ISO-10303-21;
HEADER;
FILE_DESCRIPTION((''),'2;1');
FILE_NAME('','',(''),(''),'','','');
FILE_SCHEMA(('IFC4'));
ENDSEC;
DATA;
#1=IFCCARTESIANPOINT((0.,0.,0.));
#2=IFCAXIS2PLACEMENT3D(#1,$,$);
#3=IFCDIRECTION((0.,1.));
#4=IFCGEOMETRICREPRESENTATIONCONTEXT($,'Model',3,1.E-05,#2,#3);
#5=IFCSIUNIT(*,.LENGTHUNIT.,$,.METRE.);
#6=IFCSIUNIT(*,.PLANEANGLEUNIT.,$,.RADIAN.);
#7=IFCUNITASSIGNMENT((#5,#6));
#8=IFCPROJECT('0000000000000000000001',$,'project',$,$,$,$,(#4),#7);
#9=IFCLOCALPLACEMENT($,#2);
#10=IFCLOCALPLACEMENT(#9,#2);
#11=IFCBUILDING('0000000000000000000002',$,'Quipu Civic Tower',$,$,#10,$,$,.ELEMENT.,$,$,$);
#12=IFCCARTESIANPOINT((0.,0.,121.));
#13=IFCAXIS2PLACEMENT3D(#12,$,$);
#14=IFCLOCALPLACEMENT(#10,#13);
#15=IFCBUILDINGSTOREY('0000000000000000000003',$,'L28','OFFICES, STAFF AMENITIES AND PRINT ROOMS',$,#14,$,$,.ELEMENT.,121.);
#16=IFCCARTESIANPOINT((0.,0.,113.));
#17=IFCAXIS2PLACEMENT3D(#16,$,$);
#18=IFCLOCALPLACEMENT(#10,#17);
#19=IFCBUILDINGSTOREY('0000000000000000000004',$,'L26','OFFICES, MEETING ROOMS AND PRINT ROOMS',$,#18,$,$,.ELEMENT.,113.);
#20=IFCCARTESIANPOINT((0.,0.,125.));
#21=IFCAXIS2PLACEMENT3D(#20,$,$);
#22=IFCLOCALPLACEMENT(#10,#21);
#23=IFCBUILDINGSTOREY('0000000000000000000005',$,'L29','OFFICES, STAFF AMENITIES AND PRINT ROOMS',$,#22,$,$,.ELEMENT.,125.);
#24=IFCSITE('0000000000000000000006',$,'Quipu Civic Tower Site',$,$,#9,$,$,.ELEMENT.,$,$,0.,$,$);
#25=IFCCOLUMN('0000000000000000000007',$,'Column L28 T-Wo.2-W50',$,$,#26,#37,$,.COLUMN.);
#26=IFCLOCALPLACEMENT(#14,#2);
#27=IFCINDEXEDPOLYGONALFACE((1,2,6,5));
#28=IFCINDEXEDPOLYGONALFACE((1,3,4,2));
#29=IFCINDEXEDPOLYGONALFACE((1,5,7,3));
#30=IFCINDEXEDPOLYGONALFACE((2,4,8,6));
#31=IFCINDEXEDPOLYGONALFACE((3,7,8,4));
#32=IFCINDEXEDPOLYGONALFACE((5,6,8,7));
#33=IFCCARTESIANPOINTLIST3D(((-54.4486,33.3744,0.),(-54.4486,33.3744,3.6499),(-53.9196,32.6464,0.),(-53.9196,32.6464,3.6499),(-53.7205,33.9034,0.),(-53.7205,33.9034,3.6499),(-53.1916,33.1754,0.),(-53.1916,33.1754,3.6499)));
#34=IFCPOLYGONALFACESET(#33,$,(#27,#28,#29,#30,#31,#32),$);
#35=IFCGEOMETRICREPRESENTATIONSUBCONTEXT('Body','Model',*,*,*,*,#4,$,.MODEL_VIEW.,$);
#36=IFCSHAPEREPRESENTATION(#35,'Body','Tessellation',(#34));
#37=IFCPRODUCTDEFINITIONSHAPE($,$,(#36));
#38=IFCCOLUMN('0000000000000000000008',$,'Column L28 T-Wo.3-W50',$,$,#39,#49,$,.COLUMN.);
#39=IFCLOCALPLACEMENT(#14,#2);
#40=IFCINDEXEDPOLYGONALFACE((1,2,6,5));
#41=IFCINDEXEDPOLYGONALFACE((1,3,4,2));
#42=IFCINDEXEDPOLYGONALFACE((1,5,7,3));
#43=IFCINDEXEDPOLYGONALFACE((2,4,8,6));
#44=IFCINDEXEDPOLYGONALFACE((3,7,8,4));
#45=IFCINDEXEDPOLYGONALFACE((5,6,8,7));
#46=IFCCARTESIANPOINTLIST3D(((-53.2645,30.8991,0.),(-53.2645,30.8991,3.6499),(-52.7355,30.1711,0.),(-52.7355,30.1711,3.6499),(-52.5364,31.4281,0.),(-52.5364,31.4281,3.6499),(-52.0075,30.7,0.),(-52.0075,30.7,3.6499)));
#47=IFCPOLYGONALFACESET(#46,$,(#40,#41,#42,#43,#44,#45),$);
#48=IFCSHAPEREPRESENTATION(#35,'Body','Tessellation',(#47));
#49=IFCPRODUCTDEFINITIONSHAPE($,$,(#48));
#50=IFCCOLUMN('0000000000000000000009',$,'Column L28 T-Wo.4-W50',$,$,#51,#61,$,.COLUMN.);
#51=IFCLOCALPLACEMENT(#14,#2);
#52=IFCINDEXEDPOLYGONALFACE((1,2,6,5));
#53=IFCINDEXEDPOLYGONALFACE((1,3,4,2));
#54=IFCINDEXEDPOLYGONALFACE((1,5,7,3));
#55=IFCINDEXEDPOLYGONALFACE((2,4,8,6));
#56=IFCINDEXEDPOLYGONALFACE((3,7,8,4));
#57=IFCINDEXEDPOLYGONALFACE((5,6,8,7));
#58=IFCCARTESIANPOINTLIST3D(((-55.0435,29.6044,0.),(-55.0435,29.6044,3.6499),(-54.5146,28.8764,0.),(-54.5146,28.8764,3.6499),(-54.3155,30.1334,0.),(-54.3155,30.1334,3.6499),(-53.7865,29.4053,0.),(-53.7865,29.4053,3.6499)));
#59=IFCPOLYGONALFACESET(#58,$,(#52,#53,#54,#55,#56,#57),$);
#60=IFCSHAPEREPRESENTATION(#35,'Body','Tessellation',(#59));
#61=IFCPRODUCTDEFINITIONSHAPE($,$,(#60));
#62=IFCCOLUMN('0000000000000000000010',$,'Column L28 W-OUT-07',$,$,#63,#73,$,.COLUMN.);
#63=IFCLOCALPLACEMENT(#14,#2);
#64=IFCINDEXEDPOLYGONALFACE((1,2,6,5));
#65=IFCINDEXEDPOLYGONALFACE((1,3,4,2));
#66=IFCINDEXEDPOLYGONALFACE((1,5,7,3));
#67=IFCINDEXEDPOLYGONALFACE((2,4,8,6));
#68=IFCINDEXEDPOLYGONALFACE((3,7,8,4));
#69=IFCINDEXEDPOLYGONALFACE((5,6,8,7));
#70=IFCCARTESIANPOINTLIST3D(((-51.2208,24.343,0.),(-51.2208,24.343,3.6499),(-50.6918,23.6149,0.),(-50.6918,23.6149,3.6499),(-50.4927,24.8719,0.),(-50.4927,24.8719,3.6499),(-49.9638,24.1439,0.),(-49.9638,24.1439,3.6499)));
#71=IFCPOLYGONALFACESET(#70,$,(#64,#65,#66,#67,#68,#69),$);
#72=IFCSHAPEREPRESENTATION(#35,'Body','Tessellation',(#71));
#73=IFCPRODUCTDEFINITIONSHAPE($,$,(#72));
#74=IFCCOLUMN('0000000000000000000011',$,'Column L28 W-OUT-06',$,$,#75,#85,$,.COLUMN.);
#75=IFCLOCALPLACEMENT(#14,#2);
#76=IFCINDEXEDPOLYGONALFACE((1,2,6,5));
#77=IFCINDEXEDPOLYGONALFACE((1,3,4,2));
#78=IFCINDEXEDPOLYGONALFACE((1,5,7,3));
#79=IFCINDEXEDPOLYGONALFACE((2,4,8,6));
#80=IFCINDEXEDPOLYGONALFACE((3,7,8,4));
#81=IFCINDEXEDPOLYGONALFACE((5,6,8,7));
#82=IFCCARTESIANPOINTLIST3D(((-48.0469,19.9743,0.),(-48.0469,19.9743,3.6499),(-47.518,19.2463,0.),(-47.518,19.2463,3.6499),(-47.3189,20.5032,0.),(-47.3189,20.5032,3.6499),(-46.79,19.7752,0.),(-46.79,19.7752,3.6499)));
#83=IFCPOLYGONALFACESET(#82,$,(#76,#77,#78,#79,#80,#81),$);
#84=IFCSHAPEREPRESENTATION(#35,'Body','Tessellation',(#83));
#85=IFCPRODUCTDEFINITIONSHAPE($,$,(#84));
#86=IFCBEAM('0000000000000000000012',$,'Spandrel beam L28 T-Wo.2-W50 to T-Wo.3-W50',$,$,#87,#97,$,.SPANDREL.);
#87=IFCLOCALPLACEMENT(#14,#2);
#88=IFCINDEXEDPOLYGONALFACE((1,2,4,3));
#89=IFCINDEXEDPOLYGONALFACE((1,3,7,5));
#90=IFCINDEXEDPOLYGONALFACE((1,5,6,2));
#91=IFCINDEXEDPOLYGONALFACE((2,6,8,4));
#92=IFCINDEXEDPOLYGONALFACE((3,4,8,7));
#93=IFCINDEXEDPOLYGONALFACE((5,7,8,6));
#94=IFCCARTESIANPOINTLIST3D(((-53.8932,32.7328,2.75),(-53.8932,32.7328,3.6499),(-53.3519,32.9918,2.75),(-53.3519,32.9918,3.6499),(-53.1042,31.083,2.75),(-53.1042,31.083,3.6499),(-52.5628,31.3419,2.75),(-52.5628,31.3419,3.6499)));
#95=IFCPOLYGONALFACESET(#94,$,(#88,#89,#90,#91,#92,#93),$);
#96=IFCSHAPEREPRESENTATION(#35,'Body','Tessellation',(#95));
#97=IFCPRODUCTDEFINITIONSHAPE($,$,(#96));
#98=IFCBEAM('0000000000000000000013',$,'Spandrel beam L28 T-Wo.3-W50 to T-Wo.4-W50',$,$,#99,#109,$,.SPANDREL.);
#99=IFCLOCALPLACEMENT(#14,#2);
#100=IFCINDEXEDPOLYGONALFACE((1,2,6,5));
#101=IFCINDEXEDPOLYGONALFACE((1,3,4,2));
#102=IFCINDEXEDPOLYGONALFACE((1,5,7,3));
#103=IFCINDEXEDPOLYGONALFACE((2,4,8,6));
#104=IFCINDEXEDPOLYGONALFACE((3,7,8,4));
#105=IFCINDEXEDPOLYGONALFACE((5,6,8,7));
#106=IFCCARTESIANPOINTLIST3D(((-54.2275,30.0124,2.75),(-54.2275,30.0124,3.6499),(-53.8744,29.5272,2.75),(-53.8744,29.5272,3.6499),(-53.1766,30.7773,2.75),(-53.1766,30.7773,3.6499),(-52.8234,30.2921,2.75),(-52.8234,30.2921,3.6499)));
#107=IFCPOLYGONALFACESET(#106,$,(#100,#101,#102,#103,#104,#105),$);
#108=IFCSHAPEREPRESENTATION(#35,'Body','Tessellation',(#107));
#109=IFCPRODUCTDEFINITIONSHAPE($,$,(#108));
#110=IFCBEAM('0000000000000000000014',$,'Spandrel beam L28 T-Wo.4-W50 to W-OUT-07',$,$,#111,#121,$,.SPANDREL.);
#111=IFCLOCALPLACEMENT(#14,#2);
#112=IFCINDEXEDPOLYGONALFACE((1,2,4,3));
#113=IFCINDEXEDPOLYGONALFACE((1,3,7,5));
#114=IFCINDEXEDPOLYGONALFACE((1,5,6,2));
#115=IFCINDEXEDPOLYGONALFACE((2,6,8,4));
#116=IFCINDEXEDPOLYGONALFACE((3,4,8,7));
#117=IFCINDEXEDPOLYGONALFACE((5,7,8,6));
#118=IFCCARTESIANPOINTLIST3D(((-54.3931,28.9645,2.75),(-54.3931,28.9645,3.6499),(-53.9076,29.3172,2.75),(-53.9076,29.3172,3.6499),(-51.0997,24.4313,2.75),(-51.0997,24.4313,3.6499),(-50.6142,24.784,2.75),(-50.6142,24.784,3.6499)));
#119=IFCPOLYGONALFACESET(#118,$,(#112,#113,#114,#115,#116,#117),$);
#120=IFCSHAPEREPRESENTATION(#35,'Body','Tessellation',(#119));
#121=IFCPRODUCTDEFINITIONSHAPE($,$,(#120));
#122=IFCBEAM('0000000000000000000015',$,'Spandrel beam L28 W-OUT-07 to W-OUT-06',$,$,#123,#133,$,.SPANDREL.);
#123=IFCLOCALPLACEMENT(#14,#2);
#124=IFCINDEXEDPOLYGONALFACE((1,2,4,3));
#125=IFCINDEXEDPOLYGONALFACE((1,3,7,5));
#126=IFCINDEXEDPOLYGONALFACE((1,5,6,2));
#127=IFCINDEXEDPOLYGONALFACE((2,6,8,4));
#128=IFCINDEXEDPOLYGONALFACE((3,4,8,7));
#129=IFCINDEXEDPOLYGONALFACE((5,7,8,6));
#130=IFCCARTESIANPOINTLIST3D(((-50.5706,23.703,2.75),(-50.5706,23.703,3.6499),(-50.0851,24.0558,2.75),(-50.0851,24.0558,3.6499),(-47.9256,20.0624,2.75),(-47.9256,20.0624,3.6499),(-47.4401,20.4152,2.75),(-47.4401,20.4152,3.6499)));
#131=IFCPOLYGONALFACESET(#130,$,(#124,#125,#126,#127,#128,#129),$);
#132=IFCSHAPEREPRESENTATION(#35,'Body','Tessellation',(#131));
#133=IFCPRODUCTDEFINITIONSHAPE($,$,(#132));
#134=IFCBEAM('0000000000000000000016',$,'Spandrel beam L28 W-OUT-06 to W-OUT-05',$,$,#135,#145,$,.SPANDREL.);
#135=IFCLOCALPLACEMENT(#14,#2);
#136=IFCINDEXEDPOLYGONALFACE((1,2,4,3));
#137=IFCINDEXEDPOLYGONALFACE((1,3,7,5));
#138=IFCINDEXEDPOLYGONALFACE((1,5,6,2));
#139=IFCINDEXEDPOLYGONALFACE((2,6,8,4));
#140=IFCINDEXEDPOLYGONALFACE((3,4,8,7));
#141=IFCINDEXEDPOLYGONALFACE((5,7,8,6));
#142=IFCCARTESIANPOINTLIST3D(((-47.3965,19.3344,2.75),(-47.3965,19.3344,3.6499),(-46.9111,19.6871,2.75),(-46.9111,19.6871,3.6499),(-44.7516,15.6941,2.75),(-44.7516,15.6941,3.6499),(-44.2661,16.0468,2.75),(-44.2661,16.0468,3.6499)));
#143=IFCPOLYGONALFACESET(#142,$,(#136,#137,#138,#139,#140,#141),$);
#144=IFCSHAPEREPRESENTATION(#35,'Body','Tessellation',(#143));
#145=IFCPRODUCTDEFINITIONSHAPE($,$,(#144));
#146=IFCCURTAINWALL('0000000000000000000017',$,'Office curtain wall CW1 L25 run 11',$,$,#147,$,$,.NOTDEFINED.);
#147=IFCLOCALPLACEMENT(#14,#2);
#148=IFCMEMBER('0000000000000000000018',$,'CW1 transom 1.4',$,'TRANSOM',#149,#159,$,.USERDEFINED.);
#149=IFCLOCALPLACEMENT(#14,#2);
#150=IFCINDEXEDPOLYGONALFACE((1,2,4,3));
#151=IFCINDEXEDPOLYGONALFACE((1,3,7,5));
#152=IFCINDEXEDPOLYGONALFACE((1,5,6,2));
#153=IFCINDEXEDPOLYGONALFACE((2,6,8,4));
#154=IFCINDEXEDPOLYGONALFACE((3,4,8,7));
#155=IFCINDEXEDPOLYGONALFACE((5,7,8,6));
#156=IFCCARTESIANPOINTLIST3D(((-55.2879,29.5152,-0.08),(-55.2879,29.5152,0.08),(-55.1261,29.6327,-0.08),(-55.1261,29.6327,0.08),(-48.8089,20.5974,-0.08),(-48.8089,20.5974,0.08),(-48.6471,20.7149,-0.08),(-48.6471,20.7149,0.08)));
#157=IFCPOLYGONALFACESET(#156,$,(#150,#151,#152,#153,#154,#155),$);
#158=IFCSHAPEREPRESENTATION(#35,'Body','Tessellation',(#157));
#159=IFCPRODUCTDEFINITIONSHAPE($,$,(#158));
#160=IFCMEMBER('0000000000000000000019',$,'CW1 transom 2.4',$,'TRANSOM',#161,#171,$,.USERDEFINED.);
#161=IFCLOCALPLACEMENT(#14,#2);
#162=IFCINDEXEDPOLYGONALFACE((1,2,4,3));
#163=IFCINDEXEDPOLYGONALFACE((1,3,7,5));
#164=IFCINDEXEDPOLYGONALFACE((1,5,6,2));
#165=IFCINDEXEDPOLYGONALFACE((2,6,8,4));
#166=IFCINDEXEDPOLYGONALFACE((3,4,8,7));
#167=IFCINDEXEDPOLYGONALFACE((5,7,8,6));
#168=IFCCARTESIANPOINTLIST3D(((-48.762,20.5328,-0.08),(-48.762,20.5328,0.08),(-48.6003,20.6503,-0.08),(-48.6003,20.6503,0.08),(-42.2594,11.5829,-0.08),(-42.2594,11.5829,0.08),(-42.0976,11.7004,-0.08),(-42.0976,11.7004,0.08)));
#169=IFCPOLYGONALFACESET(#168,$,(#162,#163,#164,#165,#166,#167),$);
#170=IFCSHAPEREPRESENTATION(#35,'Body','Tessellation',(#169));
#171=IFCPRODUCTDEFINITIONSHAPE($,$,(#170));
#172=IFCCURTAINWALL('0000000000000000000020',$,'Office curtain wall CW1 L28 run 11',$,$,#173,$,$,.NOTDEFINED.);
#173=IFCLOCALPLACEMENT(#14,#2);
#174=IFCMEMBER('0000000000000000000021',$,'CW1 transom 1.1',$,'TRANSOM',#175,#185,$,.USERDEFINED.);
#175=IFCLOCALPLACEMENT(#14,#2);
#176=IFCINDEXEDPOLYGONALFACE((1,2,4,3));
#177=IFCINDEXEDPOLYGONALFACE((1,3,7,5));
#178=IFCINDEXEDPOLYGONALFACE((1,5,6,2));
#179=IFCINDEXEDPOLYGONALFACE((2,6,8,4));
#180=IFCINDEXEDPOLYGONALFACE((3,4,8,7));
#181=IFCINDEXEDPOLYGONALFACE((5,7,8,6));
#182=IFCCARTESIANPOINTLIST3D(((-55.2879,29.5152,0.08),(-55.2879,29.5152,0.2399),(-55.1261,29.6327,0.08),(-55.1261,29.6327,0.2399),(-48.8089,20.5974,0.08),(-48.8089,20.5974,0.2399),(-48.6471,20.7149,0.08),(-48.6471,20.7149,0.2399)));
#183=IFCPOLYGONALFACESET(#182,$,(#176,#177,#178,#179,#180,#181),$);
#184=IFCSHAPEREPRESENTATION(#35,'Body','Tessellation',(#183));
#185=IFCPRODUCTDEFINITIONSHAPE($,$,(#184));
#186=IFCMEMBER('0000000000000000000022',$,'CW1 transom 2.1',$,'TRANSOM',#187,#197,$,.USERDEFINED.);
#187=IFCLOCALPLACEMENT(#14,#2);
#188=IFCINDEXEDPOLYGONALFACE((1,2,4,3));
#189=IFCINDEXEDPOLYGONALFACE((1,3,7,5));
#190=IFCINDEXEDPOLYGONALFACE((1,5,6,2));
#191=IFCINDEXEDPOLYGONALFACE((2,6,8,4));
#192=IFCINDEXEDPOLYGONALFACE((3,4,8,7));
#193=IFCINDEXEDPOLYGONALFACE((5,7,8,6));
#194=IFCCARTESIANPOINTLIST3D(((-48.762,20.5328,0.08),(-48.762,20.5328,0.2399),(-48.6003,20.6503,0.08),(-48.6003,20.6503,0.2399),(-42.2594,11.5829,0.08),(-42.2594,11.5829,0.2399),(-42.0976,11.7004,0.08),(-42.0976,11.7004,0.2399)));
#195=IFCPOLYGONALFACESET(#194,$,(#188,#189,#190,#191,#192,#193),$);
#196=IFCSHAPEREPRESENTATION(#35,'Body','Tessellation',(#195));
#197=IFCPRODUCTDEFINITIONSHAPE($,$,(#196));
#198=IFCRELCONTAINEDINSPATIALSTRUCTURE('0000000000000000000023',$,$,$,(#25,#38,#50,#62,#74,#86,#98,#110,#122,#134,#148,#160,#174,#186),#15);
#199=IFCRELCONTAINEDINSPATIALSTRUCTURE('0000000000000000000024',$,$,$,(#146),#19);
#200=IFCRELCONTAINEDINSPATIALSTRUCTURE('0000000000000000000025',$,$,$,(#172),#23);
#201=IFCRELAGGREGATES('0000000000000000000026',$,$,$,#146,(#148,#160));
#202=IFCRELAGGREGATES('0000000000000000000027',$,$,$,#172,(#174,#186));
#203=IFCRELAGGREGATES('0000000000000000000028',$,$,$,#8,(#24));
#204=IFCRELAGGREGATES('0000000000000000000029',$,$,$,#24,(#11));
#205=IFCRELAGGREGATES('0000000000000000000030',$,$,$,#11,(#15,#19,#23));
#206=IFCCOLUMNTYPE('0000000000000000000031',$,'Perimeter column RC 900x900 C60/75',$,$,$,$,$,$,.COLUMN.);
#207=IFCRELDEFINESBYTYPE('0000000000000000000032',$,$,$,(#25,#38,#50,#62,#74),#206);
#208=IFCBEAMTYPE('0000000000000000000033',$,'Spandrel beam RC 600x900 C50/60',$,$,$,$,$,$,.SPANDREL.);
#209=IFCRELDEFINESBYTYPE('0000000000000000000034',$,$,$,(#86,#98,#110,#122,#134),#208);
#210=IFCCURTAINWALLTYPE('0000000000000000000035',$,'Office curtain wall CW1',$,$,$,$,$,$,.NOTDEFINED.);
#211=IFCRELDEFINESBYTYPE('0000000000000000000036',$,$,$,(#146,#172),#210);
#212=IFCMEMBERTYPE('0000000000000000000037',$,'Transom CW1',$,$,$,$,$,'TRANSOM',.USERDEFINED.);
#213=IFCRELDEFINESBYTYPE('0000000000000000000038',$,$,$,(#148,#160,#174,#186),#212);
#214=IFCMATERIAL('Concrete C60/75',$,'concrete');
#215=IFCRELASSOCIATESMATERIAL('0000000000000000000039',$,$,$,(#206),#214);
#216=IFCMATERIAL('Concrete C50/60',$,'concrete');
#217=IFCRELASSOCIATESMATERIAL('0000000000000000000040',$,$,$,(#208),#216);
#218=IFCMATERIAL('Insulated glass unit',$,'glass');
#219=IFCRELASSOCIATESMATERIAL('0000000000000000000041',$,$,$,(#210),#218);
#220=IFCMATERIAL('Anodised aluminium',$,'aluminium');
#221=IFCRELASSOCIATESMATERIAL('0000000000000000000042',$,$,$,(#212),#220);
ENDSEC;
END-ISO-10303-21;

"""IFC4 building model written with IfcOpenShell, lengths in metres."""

from ifc_helpers import new_model, si_unit, direction, frame, origin, origin_2d, place, context, subcontext, project, spatial, rectangle, extrude, material, material_profile, profile_set, type_object, element, aggregate, save


model = new_model("IFC4")

# Units and contexts
model_context = context("Model", 3, precision=1e-05, world=origin(), true_north=direction((0.0, 1.0)))
body_context = subcontext(model_context, "Body", "Model", "MODEL_VIEW")
ifc_project = project(units=[si_unit("LENGTHUNIT", "METRE"), si_unit("PLANEANGLEUNIT", "RADIAN")], contexts=[model_context])

# Site, building, storey
site_placement = place(None, origin())
site = spatial("IfcSite", under=ifc_project, at=site_placement, Name="Quipu Civic Tower Site", CompositionType="ELEMENT", RefElevation=0.0)
building_placement = place(site_placement, origin())
building = spatial("IfcBuilding", under=site, at=building_placement, Name="Quipu Civic Tower", CompositionType="ELEMENT")
storey_1_placement = place(building_placement, frame((0.0, 0.0, 121.0)))
storey_1 = spatial("IfcBuildingStorey", under=building, at=storey_1_placement, Name="L28", Description="OFFICES, STAFF AMENITIES AND PRINT ROOMS", CompositionType="ELEMENT", Elevation=121.0)

# Columns
ifc_material_1 = material(Name="Concrete C60/75", Category="concrete")
ifc_material_profile_1 = material_profile(ifc_material_1, rectangle(XDim=0.8999, YDim=0.8999, at=origin_2d()), Name="RC900x900")
ifc_profile_set_1 = profile_set([ifc_material_profile_1], Name="Concrete C60/75")
column_type = type_object("IfcColumnType", Name="Perimeter column RC 900x900 C60/75", PredefinedType="COLUMN", material=ifc_profile_set_1)
for number, where, z_axis, x_axis, name in (
    (1, (-53.8201, 33.2749, 0.0), (0.0, 0.0, 1.0), (0.587785, -0.809017, 0.0), "Column L28 T-Wo.2-W50"),
    (2, (-52.636, 30.7996, 0.0), (0.0, 0.0, 1.0), (-0.809017, -0.587785, 0.0), "Column L28 T-Wo.3-W50"),
    (3, (-54.415, 29.5049, 0.0), (0.0, 0.0, 1.0), (0.587785, -0.809017, 0.0), "Column L28 T-Wo.4-W50"),
    (4, (-50.5923, 24.2434, 0.0), (0.0, 0.0, 1.0), (0.587785, -0.809017, 0.0), "Column L28 W-OUT-07"),
    (5, (-47.4185, 19.8748, 0.0), (0.0, 0.0, 1.0), (0.587785, -0.809017, 0.0), "Column L28 W-OUT-06"),
):
    element("IfcColumn", number, at=place(storey_1_placement, frame(where, z_axis=z_axis, x_axis=x_axis)), inside=storey_1, type_object=column_type, Name=name, PredefinedType="COLUMN", context=body_context, shape_type="SweptSolid", body=[
        extrude(rectangle(XDim=0.8999, YDim=0.8999, at=origin_2d()), origin(), (0.0, 0.0, 1.0), 3.6499),
    ])

# Beams
ifc_material_2 = material(Name="Concrete C50/60", Category="concrete")
ifc_material_profile_2 = material_profile(ifc_material_2, rectangle(XDim=0.6001, YDim=0.8999, at=origin_2d()), Name="RC600x900")
ifc_profile_set_2 = profile_set([ifc_material_profile_2], Name="Concrete C50/60")
beam_type = type_object("IfcBeamType", Name="Spandrel beam RC 600x900 C50/60", PredefinedType="SPANDREL", material=ifc_profile_set_2)
beam_1_placement = place(storey_1_placement, frame((-53.6226, 32.8623, 3.2), z_axis=(0.431446, -0.902139, 0.0), x_axis=(0.902139, 0.431446, 0.0)))
element("IfcBeam", 6, at=beam_1_placement, inside=storey_1, type_object=beam_type, Name="Spandrel beam L28 T-Wo.2-W50 to T-Wo.3-W50", PredefinedType="SPANDREL", context=body_context, shape_type="SweptSolid", body=[
    extrude(rectangle(XDim=0.6001, YDim=0.8999, at=origin_2d()), origin(), (0.0, 0.0, 1.0), 1.8289),
])
beam_2_placement = place(storey_1_placement, frame((-53.0, 30.5347, 3.2), z_axis=(-0.808549, -0.588429, 0.0), x_axis=(0.588429, -0.808549, 0.0)))
element("IfcBeam", 7, at=beam_2_placement, inside=storey_1, type_object=beam_type, Name="Spandrel beam L28 T-Wo.3-W50 to T-Wo.4-W50", PredefinedType="SPANDREL", context=body_context, shape_type="SweptSolid", body=[
    extrude(rectangle(XDim=0.6001, YDim=0.8999, at=origin_2d()), origin(), (0.0, 0.0, 1.0), 1.2998),
])
beam_3_placement = place(storey_1_placement, frame((-54.1504, 29.1409, 3.2), z_axis=(0.587773, -0.809026, 0.0), x_axis=(0.809026, 0.587773, 0.0)))
element("IfcBeam", 8, at=beam_3_placement, inside=storey_1, type_object=beam_type, Name="Spandrel beam L28 T-Wo.4-W50 to W-OUT-07", PredefinedType="SPANDREL", context=body_context, shape_type="SweptSolid", body=[
    extrude(rectangle(XDim=0.6001, YDim=0.8999, at=origin_2d()), origin(), (0.0, 0.0, 1.0), 5.6033),
])
beam_4_placement = place(storey_1_placement, frame((-50.3279, 23.8794, 3.2), z_axis=(0.587778, -0.809022, 0.0), x_axis=(0.809022, 0.587778, 0.0)))
element("IfcBeam", 9, at=beam_4_placement, inside=storey_1, type_object=beam_type, Name="Spandrel beam L28 W-OUT-07 to W-OUT-06", PredefinedType="SPANDREL", context=body_context, shape_type="SweptSolid", body=[
    extrude(rectangle(XDim=0.6001, YDim=0.8999, at=origin_2d()), origin(), (0.0, 0.0, 1.0), 4.5),
])
beam_5_placement = place(storey_1_placement, frame((-47.1538, 19.5107, 3.2), z_axis=(0.587804, -0.809003, 0.0), x_axis=(0.809003, 0.587804, 0.0)))
element("IfcBeam", 10, at=beam_5_placement, inside=storey_1, type_object=beam_type, Name="Spandrel beam L28 W-OUT-06 to W-OUT-05", PredefinedType="SPANDREL", context=body_context, shape_type="SweptSolid", body=[
    extrude(rectangle(XDim=0.6001, YDim=0.8999, at=origin_2d()), origin(), (0.0, 0.0, 1.0), 4.4998),
])

# Shared definitions
storey_2_placement = place(building_placement, frame((0.0, 0.0, 113.0)))
storey_2 = spatial("IfcBuildingStorey", under=building, at=storey_2_placement, Name="L26", Description="OFFICES, MEETING ROOMS AND PRINT ROOMS", CompositionType="ELEMENT", Elevation=113.0)

# Curtain wall, members
ifc_material_3 = material(Name="Insulated glass unit", Category="glass")
curtain_wall_type = type_object("IfcCurtainWallType", Name="Office curtain wall CW1", PredefinedType="NOTDEFINED", material=ifc_material_3)
curtain_wall_1_placement = place(storey_2_placement, origin())
curtain_wall_1 = element("IfcCurtainWall", 11, at=curtain_wall_1_placement, inside=storey_2, type_object=curtain_wall_type, Name="Office curtain wall CW1 L25 run 11", PredefinedType="NOTDEFINED")
ifc_material_4 = material(Name="Anodised aluminium", Category="aluminium")
ifc_material_profile_3 = material_profile(ifc_material_4, rectangle(XDim=0.2, YDim=0.1599, at=origin_2d()), Name="RECT 200x160")
ifc_profile_set_3 = profile_set([ifc_material_profile_3], Name="Anodised aluminium")
member_type = type_object("IfcMemberType", Name="Transom CW1", ElementType="TRANSOM", PredefinedType="USERDEFINED", material=ifc_profile_set_3)
member_1_placement = place(storey_1_placement, frame((-55.207, 29.574, 0.0), z_axis=(0.587779, -0.809021, 0.0), x_axis=(0.809021, 0.587779, 0.0)))
member_1 = element("IfcMember", 12, at=member_1_placement, inside=storey_1, type_object=member_type, Name="CW1 transom 1.4", ObjectType="TRANSOM", PredefinedType="USERDEFINED", context=body_context, shape_type="SweptSolid", body=[
    extrude(rectangle(XDim=0.2, YDim=0.1599, at=origin_2d()), origin(), (0.0, 0.0, 1.0), 11.0229),
])
member_2_placement = place(storey_1_placement, frame((-48.6812, 20.5916, 0.0), z_axis=(0.587795, -0.80901, 0.0), x_axis=(0.80901, 0.587795, 0.0)))
member_2 = element("IfcMember", 13, at=member_2_placement, inside=storey_1, type_object=member_type, Name="CW1 transom 2.4", ObjectType="TRANSOM", PredefinedType="USERDEFINED", context=body_context, shape_type="SweptSolid", body=[
    extrude(rectangle(XDim=0.2, YDim=0.1599, at=origin_2d()), origin(), (0.0, 0.0, 1.0), 11.0627),
])
aggregate(curtain_wall_1, [member_1, member_2])

# Shared definitions
storey_3_placement = place(building_placement, frame((0.0, 0.0, 125.0)))
storey_3 = spatial("IfcBuildingStorey", under=building, at=storey_3_placement, Name="L29", Description="OFFICES, STAFF AMENITIES AND PRINT ROOMS", CompositionType="ELEMENT", Elevation=125.0)

# Curtain wall, members
curtain_wall_2_placement = place(storey_3_placement, origin())
curtain_wall_2 = element("IfcCurtainWall", 14, at=curtain_wall_2_placement, inside=storey_3, type_object=curtain_wall_type, Name="Office curtain wall CW1 L28 run 11", PredefinedType="NOTDEFINED")
member_3_placement = place(storey_1_placement, frame((-55.207, 29.574, 0.1599), z_axis=(0.587779, -0.809021, 0.0), x_axis=(0.809021, 0.587779, 0.0)))
member_3 = element("IfcMember", 15, at=member_3_placement, inside=storey_1, type_object=member_type, Name="CW1 transom 1.1", ObjectType="TRANSOM", PredefinedType="USERDEFINED", context=body_context, shape_type="SweptSolid", body=[
    extrude(rectangle(XDim=0.2, YDim=0.1599, at=origin_2d()), origin(), (0.0, 0.0, 1.0), 11.0229),
])
member_4_placement = place(storey_1_placement, frame((-48.6812, 20.5916, 0.1599), z_axis=(0.587795, -0.80901, 0.0), x_axis=(0.80901, 0.587795, 0.0)))
member_4 = element("IfcMember", 16, at=member_4_placement, inside=storey_1, type_object=member_type, Name="CW1 transom 2.1", ObjectType="TRANSOM", PredefinedType="USERDEFINED", context=body_context, shape_type="SweptSolid", body=[
    extrude(rectangle(XDim=0.2, YDim=0.1599, at=origin_2d()), origin(), (0.0, 0.0, 1.0), 11.0627),
])
aggregate(curtain_wall_2, [member_3, member_4])

save(model, "model.ifc")
